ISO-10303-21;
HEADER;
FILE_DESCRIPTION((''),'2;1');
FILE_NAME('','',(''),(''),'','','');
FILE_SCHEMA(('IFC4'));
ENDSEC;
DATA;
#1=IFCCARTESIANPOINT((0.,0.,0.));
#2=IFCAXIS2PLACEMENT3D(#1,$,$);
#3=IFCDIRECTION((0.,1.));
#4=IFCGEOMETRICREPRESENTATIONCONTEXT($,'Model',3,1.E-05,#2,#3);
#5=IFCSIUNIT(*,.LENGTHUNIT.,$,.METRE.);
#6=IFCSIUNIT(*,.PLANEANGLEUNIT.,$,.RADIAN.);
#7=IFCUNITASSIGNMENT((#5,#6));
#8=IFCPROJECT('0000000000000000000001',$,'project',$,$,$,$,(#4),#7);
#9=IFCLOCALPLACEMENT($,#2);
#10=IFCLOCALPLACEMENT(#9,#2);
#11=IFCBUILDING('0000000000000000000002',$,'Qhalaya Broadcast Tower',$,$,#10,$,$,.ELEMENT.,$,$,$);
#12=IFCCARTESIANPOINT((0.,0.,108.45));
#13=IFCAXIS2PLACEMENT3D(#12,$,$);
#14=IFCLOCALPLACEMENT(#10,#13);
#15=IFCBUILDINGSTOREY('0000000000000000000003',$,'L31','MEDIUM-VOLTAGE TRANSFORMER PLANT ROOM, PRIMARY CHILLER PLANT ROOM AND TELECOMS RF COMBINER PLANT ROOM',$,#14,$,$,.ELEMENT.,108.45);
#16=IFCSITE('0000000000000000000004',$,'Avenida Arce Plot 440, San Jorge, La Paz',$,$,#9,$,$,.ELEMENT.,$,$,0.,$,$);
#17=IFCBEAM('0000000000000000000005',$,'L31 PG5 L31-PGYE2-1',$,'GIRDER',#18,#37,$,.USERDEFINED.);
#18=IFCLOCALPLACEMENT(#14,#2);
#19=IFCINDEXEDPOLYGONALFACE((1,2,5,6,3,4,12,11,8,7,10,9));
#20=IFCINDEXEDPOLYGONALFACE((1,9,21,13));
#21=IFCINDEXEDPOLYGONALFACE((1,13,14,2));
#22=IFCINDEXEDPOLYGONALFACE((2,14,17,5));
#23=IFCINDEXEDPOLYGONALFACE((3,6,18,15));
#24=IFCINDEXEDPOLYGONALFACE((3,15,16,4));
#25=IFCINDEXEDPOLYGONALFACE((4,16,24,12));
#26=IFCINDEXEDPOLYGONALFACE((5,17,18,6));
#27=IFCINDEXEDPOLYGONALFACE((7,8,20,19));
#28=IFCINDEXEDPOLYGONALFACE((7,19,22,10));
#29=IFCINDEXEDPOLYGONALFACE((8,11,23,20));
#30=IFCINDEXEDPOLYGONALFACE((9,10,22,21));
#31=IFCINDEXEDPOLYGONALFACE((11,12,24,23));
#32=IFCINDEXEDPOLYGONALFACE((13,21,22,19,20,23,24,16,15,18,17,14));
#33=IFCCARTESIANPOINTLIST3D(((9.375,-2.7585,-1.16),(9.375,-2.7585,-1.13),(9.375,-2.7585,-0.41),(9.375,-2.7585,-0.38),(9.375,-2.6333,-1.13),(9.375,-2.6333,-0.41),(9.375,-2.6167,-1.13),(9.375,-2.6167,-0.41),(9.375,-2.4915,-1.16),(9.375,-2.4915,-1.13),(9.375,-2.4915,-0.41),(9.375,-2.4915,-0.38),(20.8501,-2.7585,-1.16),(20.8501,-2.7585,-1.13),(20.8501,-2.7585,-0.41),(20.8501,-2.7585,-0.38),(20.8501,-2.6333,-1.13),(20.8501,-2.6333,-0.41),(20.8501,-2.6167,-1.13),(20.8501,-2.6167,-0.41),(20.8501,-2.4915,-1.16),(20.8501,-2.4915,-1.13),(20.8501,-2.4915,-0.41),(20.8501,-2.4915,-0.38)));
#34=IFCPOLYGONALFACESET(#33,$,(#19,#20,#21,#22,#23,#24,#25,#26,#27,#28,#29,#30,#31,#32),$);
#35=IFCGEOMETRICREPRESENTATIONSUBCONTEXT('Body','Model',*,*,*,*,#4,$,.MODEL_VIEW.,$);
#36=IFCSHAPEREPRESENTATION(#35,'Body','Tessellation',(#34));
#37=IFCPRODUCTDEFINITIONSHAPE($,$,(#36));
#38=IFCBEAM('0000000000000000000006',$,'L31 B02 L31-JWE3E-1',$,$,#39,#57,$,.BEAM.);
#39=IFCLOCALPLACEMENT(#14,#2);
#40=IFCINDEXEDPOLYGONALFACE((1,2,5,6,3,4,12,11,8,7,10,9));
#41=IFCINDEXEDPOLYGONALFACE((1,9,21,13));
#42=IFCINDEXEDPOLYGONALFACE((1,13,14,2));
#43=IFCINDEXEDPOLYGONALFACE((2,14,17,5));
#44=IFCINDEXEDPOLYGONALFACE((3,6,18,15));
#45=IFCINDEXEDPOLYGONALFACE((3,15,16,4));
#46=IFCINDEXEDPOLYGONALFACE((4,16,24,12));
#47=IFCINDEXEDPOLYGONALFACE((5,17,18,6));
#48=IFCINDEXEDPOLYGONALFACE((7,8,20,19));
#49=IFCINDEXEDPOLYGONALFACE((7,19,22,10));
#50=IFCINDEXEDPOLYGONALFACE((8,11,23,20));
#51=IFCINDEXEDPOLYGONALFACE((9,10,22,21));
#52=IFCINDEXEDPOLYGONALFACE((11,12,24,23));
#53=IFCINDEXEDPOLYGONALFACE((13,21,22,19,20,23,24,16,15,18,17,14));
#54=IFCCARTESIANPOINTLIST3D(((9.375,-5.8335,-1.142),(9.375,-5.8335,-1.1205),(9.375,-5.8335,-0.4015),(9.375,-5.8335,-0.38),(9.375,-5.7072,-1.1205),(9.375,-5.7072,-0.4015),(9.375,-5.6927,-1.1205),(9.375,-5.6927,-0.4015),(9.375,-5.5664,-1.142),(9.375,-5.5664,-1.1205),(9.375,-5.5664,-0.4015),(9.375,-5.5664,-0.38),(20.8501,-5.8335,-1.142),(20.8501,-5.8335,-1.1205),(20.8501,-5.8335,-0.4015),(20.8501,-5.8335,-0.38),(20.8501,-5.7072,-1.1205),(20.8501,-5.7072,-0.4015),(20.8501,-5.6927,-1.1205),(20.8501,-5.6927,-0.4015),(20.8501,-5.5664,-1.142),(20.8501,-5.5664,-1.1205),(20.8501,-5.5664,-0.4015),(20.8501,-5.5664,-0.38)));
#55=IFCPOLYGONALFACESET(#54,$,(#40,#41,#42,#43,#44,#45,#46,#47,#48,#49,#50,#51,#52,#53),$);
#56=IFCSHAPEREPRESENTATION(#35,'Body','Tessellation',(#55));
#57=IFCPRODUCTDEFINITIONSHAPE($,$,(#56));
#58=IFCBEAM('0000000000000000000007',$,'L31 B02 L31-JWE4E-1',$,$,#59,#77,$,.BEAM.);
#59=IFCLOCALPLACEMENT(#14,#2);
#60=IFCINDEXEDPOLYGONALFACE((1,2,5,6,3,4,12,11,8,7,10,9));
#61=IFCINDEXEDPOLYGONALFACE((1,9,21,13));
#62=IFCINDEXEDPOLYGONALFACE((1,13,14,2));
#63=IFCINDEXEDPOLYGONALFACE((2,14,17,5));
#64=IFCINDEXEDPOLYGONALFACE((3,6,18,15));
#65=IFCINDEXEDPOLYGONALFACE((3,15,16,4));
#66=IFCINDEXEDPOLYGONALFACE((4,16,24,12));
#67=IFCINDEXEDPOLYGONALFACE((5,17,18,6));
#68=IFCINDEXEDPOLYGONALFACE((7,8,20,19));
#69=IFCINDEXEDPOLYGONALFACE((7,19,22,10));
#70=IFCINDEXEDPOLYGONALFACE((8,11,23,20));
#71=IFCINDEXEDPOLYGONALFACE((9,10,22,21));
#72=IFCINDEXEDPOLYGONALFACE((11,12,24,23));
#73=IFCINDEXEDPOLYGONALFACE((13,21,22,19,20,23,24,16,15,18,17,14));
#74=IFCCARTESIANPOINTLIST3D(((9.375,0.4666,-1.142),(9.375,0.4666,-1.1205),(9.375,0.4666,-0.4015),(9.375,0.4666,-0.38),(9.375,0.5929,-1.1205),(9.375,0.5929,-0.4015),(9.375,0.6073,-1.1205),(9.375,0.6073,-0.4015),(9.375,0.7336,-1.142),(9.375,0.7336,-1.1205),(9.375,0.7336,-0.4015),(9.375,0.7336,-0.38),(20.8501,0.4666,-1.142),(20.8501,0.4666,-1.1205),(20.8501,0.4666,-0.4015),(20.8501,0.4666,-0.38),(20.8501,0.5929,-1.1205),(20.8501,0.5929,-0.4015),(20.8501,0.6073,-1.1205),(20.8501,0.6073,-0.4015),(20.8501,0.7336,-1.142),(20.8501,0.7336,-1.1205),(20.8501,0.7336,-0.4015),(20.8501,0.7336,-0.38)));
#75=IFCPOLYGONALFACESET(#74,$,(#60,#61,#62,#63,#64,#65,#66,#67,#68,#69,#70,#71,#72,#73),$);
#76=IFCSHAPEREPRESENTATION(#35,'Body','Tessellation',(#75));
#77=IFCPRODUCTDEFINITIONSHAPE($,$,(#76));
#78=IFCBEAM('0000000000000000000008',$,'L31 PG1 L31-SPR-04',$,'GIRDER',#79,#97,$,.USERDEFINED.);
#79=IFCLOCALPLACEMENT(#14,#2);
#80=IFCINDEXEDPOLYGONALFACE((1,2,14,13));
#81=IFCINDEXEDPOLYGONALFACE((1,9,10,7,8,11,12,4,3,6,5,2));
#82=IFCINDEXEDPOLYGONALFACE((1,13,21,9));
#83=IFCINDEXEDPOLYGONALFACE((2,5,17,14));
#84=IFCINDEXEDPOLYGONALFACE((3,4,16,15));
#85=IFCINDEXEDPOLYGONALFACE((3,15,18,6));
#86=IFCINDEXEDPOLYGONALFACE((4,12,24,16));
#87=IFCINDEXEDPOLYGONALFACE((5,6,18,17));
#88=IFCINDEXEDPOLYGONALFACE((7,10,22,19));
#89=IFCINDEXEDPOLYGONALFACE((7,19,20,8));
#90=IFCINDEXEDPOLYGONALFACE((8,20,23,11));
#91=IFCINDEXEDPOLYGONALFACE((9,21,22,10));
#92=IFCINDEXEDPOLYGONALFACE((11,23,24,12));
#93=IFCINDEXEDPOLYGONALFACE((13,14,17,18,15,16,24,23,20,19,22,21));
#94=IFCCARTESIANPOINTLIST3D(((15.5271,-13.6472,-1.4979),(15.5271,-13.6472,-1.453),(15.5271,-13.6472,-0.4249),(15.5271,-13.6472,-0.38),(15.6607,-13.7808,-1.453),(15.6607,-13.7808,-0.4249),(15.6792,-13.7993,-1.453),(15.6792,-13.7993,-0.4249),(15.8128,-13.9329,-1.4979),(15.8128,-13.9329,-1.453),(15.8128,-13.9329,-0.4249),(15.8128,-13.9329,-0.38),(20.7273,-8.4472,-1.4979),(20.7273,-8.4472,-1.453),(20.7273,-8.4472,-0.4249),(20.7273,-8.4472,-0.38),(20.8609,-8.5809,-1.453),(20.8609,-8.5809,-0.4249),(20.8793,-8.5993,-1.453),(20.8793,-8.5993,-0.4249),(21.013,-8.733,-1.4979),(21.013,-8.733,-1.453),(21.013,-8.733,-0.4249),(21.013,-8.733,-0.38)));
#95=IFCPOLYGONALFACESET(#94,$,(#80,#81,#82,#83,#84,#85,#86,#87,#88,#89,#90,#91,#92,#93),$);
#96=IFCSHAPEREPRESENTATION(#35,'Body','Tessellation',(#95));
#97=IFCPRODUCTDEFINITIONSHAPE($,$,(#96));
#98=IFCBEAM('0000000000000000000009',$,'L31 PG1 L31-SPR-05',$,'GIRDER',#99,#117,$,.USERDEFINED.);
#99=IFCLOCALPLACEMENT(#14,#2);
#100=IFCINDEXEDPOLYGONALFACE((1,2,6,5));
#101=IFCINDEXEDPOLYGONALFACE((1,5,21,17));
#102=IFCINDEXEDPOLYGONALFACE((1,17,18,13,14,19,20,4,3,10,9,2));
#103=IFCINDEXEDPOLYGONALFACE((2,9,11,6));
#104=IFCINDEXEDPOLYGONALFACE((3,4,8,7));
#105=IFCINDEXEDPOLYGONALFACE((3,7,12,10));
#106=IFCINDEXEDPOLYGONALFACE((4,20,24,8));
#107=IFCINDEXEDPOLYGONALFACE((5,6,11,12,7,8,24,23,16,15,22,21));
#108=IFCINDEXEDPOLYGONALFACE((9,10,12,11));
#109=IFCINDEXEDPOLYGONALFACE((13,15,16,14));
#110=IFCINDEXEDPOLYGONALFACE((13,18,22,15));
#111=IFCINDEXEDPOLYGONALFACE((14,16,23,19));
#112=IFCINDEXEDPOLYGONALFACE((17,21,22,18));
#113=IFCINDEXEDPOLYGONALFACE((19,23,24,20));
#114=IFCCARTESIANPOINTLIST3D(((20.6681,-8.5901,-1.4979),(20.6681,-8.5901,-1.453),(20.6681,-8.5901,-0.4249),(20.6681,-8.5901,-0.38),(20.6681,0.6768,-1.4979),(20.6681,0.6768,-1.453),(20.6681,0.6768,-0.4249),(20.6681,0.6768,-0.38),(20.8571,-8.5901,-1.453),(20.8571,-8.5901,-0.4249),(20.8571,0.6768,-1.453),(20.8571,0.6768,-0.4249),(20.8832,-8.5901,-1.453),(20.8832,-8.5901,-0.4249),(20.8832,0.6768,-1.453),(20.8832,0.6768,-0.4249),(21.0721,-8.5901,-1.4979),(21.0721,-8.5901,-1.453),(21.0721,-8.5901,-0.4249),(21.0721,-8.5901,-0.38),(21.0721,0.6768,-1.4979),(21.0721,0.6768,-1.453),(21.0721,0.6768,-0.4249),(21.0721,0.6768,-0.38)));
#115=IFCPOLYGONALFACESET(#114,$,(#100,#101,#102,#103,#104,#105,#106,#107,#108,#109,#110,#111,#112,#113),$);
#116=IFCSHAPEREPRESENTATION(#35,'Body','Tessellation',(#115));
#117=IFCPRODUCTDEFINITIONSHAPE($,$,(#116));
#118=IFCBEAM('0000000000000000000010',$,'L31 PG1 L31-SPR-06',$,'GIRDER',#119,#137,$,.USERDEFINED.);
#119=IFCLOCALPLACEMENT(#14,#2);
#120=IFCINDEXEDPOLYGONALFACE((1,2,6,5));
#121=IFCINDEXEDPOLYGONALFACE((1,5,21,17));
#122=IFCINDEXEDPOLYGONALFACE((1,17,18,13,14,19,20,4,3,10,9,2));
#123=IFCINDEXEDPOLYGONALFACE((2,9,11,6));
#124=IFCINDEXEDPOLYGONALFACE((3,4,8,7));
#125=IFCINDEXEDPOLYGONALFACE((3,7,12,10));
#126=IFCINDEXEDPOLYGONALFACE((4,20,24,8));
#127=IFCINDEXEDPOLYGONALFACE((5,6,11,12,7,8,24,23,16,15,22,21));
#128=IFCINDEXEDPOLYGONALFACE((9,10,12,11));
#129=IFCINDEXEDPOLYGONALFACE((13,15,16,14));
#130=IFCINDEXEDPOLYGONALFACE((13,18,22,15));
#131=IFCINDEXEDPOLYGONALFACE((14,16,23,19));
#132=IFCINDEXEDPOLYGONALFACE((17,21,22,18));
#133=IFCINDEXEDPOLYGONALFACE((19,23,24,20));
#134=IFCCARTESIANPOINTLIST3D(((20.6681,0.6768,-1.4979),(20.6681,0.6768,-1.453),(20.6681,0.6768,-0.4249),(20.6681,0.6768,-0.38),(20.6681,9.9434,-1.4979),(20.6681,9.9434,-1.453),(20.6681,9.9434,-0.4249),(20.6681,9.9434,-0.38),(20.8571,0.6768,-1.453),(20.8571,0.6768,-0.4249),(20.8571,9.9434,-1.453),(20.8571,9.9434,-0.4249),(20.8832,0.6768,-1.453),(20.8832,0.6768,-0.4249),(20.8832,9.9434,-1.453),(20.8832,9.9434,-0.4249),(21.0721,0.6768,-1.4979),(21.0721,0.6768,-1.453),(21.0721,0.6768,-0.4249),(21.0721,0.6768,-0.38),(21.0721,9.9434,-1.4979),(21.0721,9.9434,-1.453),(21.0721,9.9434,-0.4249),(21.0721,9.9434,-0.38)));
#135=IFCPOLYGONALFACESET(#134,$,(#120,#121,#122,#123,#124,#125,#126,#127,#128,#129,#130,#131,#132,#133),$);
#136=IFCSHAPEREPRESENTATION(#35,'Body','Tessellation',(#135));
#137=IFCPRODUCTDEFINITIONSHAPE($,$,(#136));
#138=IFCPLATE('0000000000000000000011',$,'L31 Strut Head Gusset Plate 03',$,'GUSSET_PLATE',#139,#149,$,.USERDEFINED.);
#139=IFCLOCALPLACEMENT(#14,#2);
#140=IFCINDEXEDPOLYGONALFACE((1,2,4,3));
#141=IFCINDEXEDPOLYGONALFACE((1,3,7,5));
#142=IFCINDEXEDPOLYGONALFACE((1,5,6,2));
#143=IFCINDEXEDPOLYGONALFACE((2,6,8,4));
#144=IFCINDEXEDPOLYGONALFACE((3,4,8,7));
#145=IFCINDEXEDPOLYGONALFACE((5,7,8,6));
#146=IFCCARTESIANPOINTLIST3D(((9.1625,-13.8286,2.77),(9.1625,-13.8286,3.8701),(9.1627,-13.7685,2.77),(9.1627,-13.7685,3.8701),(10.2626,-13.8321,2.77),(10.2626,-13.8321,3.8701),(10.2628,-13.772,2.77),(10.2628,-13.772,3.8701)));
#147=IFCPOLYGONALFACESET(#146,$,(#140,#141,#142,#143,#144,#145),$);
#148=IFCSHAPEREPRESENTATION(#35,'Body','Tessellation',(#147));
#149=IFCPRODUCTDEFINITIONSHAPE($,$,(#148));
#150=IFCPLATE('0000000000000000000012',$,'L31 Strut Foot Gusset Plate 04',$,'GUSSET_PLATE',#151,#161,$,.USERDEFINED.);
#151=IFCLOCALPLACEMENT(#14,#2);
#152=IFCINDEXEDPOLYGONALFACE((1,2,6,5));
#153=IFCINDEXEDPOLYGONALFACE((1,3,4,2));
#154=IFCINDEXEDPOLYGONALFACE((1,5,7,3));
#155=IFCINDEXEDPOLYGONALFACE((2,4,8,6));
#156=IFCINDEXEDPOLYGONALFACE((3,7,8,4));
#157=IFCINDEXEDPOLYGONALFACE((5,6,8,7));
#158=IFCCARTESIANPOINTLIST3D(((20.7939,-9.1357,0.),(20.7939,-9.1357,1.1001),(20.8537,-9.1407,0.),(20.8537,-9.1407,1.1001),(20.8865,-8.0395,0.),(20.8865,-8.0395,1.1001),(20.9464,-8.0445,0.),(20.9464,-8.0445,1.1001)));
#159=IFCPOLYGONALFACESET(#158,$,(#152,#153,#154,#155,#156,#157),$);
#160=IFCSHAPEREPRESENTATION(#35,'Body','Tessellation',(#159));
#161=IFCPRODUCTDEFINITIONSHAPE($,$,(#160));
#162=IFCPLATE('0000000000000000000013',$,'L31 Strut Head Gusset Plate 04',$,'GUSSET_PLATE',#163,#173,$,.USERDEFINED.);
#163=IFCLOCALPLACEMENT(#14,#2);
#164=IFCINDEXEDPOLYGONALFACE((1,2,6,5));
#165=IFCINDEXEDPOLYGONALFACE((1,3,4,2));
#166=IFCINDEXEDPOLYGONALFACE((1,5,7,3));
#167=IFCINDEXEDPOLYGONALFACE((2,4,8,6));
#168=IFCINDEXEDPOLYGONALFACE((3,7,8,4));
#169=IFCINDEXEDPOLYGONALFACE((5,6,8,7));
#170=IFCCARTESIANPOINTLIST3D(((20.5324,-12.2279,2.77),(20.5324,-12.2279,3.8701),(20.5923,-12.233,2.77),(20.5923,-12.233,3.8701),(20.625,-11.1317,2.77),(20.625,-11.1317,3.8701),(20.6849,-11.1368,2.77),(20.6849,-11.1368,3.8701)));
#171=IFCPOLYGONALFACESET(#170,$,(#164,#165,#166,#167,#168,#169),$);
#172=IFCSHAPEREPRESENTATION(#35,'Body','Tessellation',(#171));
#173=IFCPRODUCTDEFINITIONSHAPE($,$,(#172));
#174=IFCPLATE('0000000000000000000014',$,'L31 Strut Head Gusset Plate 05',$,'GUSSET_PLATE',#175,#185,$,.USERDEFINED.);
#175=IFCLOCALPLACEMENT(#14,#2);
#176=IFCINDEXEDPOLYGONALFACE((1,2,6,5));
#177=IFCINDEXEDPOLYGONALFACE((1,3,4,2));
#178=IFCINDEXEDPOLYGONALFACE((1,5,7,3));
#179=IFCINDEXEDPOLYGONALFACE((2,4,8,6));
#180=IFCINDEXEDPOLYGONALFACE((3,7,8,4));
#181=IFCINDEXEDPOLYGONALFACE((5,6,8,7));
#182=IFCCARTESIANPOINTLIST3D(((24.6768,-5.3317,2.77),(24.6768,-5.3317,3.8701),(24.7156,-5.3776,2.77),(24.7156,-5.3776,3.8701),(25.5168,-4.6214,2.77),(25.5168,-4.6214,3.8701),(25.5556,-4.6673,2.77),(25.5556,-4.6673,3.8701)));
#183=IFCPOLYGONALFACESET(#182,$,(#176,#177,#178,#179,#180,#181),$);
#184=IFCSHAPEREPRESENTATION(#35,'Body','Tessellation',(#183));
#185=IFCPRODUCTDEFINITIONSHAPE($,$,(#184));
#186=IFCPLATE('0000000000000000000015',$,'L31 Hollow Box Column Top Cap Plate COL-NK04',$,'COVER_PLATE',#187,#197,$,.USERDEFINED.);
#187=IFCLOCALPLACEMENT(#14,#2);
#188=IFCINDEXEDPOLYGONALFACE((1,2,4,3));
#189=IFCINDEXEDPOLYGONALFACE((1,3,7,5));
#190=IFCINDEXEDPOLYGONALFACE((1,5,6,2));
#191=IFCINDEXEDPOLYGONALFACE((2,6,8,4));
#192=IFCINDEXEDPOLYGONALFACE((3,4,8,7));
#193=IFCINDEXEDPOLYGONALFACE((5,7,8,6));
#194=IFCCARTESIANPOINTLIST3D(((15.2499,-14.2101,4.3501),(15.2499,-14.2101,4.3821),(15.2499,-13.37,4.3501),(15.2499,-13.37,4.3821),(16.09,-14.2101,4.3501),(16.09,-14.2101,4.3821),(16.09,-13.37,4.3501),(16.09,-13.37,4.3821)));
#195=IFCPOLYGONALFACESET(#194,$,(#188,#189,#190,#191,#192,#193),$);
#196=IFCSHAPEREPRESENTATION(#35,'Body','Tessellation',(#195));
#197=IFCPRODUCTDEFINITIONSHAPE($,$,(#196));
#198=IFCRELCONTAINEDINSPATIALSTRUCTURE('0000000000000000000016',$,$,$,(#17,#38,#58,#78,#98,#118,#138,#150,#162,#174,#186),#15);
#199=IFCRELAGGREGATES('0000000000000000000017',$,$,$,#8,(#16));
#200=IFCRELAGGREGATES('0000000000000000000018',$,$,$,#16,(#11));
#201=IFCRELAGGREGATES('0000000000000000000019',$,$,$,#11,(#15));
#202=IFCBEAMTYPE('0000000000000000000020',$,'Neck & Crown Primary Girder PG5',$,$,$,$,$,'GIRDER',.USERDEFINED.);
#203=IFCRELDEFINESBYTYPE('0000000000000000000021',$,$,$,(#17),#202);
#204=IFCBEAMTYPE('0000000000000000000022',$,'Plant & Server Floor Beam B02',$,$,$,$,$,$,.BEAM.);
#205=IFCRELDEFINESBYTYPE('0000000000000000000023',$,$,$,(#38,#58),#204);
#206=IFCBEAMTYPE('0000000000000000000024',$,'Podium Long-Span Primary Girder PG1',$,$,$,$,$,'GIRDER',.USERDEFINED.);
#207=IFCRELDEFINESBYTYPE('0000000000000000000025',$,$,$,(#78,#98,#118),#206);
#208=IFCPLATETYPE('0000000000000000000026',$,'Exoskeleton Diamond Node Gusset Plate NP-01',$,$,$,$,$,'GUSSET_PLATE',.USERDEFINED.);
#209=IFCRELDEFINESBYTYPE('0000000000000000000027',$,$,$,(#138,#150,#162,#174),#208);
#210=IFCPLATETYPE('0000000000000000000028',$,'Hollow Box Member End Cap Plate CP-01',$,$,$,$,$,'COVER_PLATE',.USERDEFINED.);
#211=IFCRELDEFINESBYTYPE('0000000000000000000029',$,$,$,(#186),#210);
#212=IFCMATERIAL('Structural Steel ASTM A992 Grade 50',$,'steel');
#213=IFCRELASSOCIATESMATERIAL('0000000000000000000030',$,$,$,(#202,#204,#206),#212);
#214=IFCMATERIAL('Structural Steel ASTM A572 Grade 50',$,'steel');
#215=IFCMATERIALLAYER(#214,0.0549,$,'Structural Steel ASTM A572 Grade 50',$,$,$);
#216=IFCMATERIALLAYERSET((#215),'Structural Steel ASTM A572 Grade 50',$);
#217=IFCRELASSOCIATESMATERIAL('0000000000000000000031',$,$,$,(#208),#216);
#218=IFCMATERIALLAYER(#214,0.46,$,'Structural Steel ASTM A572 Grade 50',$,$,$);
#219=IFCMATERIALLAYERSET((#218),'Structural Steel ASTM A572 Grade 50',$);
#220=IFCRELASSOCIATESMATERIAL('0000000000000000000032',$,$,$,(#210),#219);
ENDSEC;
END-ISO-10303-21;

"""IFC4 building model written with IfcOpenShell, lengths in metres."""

from ifc_helpers import new_model, si_unit, direction, frame, origin, origin_2d, place, context, subcontext, project, spatial, rectangle, i_section, extrude, material, layer, layer_set, material_profile, profile_set, type_object, element, save


model = new_model("IFC4")

# Units and contexts
model_context = context("Model", 3, precision=1e-05, world=origin(), true_north=direction((0.0, 1.0)))
body_context = subcontext(model_context, "Body", "Model", "MODEL_VIEW")
ifc_project = project(units=[si_unit("LENGTHUNIT", "METRE"), si_unit("PLANEANGLEUNIT", "RADIAN")], contexts=[model_context])

# Site, building, storey
site_placement = place(None, origin())
site = spatial("IfcSite", under=ifc_project, at=site_placement, Name="Avenida Arce Plot 440, San Jorge, La Paz", CompositionType="ELEMENT", RefElevation=0.0)
building_placement = place(site_placement, origin())
building = spatial("IfcBuilding", under=site, at=building_placement, Name="Qhalaya Broadcast Tower", CompositionType="ELEMENT")
storey_placement = place(building_placement, frame((0.0, 0.0, 108.45)))
storey = spatial("IfcBuildingStorey", under=building, at=storey_placement, Name="L31", Description="MEDIUM-VOLTAGE TRANSFORMER PLANT ROOM, PRIMARY CHILLER PLANT ROOM AND TELECOMS RF COMBINER PLANT ROOM", CompositionType="ELEMENT", Elevation=108.45)

# Shared definitions
ifc_material_1 = material(Name="Structural Steel ASTM A572 Grade 50", Category="steel")

# Shared definitions
ifc_material_2 = material(Name="Structural Steel ASTM A992 Grade 50", Category="steel")

# Beams
ifc_material_profile_1 = material_profile(ifc_material_2, i_section(OverallWidth=0.2671, OverallDepth=0.78, WebThickness=0.0166, FlangeThickness=0.03, at=origin_2d()), Name="W30X148")
ifc_profile_set_1 = profile_set([ifc_material_profile_1], Name="Structural Steel ASTM A992 Grade 50")
beam_type_1 = type_object("IfcBeamType", Name="Neck & Crown Primary Girder PG5", ElementType="GIRDER", PredefinedType="USERDEFINED", material=ifc_profile_set_1)
beam_1_placement = place(storey_placement, frame((9.375, -2.625, -0.77), z_axis=(1.0, 0.0, 0.0), x_axis=(0.0, 1.0, 0.0)))
element("IfcBeam", 1, at=beam_1_placement, inside=storey, type_object=beam_type_1, Name="L31 PG5 L31-PGYE2-1", ObjectType="GIRDER", PredefinedType="USERDEFINED", context=body_context, shape_type="SweptSolid", body=[
    extrude(i_section(OverallWidth=0.2671, OverallDepth=0.78, WebThickness=0.0166, FlangeThickness=0.03, at=origin_2d()), origin(), (0.0, 0.0, 1.0), 11.4751),
])
ifc_material_profile_2 = material_profile(ifc_material_2, i_section(OverallWidth=0.2671, OverallDepth=0.762, WebThickness=0.0144, FlangeThickness=0.0215, at=origin_2d()), Name="W30X116")
ifc_profile_set_2 = profile_set([ifc_material_profile_2], Name="Structural Steel ASTM A992 Grade 50")
beam_type_2 = type_object("IfcBeamType", Name="Plant & Server Floor Beam B02", PredefinedType="BEAM", material=ifc_profile_set_2)
for number, where, z_axis, x_axis, name in (
    (2, (9.375, -5.7, -0.761), (1.0, 0.0, 0.0), (0.0, 1.0, 0.0), "L31 B02 L31-JWE3E-1"),
    (3, (9.375, 0.6001, -0.761), (1.0, 0.0, 0.0), (0.0, 1.0, 0.0), "L31 B02 L31-JWE4E-1"),
):
    element("IfcBeam", number, at=place(storey_placement, frame(where, z_axis=z_axis, x_axis=x_axis)), inside=storey, type_object=beam_type_2, Name=name, PredefinedType="BEAM", context=body_context, shape_type="SweptSolid", body=[
        extrude(i_section(OverallWidth=0.2671, OverallDepth=0.762, WebThickness=0.0144, FlangeThickness=0.0215, at=origin_2d()), origin(), (0.0, 0.0, 1.0), 11.4751),
    ])
ifc_material_profile_3 = material_profile(ifc_material_2, i_section(OverallWidth=0.4041, OverallDepth=1.1179, WebThickness=0.0261, FlangeThickness=0.0449, at=origin_2d()), Name="W44X335")
ifc_profile_set_3 = profile_set([ifc_material_profile_3], Name="Structural Steel ASTM A992 Grade 50")
beam_type_3 = type_object("IfcBeamType", Name="Podium Long-Span Primary Girder PG1", ElementType="GIRDER", PredefinedType="USERDEFINED", material=ifc_profile_set_3)
beam_2_placement = place(storey_placement, frame((15.6699, -13.79, -0.939), z_axis=(0.707123, 0.70709, 0.0), x_axis=(-0.70709, 0.707123, 0.0)))
element("IfcBeam", 4, at=beam_2_placement, inside=storey, type_object=beam_type_3, Name="L31 PG1 L31-SPR-04", ObjectType="GIRDER", PredefinedType="USERDEFINED", context=body_context, shape_type="SweptSolid", body=[
    extrude(i_section(OverallWidth=0.4041, OverallDepth=1.1179, WebThickness=0.0261, FlangeThickness=0.0449, at=origin_2d()), origin(), (0.0, 0.0, 1.0), 7.354),
])
beam_3_placement = place(storey_placement, frame((20.8701, -8.5901, -0.939), z_axis=(0.0, 1.0, 0.0), x_axis=(-1.0, 0.0, 0.0)))
element("IfcBeam", 5, at=beam_3_placement, inside=storey, type_object=beam_type_3, Name="L31 PG1 L31-SPR-05", ObjectType="GIRDER", PredefinedType="USERDEFINED", context=body_context, shape_type="SweptSolid", body=[
    extrude(i_section(OverallWidth=0.4041, OverallDepth=1.1179, WebThickness=0.0261, FlangeThickness=0.0449, at=origin_2d()), origin(), (0.0, 0.0, 1.0), 9.2668),
])
beam_4_placement = place(storey_placement, frame((20.8701, 0.6768, -0.939), z_axis=(0.0, 1.0, 0.0), x_axis=(-1.0, 0.0, 0.0)))
element("IfcBeam", 6, at=beam_4_placement, inside=storey, type_object=beam_type_3, Name="L31 PG1 L31-SPR-06", ObjectType="GIRDER", PredefinedType="USERDEFINED", context=body_context, shape_type="SweptSolid", body=[
    extrude(i_section(OverallWidth=0.4041, OverallDepth=1.1179, WebThickness=0.0261, FlangeThickness=0.0449, at=origin_2d()), origin(), (0.0, 0.0, 1.0), 9.2666),
])

# Plates
ifc_layer_1 = layer(ifc_material_1, 0.0549, Name="Structural Steel ASTM A572 Grade 50")
ifc_layer_set_1 = layer_set([ifc_layer_1], Name="Structural Steel ASTM A572 Grade 50")
plate_type_1 = type_object("IfcPlateType", Name="Exoskeleton Diamond Node Gusset Plate NP-01", ElementType="GUSSET_PLATE", PredefinedType="USERDEFINED", material=ifc_layer_set_1)
for number, where, z_axis, x_axis, name in (
    (7, (9.7126, -13.8003, 2.77), (0.0, 0.0, 1.0), (0.999995, -0.003142, 0.0), "L31 Strut Head Gusset Plate 03"),
    (8, (20.8701, -8.5901, 0.0), (0.0, 0.0, 1.0), (-0.0842, -0.996449, 0.0), "L31 Strut Foot Gusset Plate 04"),
    (9, (20.6086, -11.6824, 2.77), (0.0, 0.0, 1.0), (-0.0842, -0.996449, 0.0), "L31 Strut Head Gusset Plate 04"),
    (10, (25.1162, -4.9995, 2.77), (0.0, 0.0, 1.0), (0.763604, 0.645684, 0.0), "L31 Strut Head Gusset Plate 05"),
):
    element("IfcPlate", number, at=place(storey_placement, frame(where, z_axis=z_axis, x_axis=x_axis)), inside=storey, type_object=plate_type_1, Name=name, ObjectType="GUSSET_PLATE", PredefinedType="USERDEFINED", context=body_context, shape_type="SweptSolid", body=[
        extrude(rectangle(XDim=1.1001, YDim=0.0601, at=origin_2d()), origin(), (0.0, 0.0, 1.0), 1.1001),
    ])
ifc_layer_2 = layer(ifc_material_1, 0.46, Name="Structural Steel ASTM A572 Grade 50")
ifc_layer_set_2 = layer_set([ifc_layer_2], Name="Structural Steel ASTM A572 Grade 50")
plate_type_2 = type_object("IfcPlateType", Name="Hollow Box Member End Cap Plate CP-01", ElementType="COVER_PLATE", PredefinedType="USERDEFINED", material=ifc_layer_set_2)
for number, where, z_axis, x_axis, name in (
    (11, (15.6699, -13.79, 4.3501), (0.0, 0.0, 1.0), (1.0, 0.0, 0.0), "L31 Hollow Box Column Top Cap Plate COL-NK04"),
):
    element("IfcPlate", number, at=place(storey_placement, frame(where, z_axis=z_axis, x_axis=x_axis)), inside=storey, type_object=plate_type_2, Name=name, ObjectType="COVER_PLATE", PredefinedType="USERDEFINED", context=body_context, shape_type="SweptSolid", body=[
        extrude(rectangle(XDim=0.8401, YDim=0.8401, at=origin_2d()), origin(), (0.0, 0.0, 1.0), 0.032),
    ])

save(model, "model.ifc")
